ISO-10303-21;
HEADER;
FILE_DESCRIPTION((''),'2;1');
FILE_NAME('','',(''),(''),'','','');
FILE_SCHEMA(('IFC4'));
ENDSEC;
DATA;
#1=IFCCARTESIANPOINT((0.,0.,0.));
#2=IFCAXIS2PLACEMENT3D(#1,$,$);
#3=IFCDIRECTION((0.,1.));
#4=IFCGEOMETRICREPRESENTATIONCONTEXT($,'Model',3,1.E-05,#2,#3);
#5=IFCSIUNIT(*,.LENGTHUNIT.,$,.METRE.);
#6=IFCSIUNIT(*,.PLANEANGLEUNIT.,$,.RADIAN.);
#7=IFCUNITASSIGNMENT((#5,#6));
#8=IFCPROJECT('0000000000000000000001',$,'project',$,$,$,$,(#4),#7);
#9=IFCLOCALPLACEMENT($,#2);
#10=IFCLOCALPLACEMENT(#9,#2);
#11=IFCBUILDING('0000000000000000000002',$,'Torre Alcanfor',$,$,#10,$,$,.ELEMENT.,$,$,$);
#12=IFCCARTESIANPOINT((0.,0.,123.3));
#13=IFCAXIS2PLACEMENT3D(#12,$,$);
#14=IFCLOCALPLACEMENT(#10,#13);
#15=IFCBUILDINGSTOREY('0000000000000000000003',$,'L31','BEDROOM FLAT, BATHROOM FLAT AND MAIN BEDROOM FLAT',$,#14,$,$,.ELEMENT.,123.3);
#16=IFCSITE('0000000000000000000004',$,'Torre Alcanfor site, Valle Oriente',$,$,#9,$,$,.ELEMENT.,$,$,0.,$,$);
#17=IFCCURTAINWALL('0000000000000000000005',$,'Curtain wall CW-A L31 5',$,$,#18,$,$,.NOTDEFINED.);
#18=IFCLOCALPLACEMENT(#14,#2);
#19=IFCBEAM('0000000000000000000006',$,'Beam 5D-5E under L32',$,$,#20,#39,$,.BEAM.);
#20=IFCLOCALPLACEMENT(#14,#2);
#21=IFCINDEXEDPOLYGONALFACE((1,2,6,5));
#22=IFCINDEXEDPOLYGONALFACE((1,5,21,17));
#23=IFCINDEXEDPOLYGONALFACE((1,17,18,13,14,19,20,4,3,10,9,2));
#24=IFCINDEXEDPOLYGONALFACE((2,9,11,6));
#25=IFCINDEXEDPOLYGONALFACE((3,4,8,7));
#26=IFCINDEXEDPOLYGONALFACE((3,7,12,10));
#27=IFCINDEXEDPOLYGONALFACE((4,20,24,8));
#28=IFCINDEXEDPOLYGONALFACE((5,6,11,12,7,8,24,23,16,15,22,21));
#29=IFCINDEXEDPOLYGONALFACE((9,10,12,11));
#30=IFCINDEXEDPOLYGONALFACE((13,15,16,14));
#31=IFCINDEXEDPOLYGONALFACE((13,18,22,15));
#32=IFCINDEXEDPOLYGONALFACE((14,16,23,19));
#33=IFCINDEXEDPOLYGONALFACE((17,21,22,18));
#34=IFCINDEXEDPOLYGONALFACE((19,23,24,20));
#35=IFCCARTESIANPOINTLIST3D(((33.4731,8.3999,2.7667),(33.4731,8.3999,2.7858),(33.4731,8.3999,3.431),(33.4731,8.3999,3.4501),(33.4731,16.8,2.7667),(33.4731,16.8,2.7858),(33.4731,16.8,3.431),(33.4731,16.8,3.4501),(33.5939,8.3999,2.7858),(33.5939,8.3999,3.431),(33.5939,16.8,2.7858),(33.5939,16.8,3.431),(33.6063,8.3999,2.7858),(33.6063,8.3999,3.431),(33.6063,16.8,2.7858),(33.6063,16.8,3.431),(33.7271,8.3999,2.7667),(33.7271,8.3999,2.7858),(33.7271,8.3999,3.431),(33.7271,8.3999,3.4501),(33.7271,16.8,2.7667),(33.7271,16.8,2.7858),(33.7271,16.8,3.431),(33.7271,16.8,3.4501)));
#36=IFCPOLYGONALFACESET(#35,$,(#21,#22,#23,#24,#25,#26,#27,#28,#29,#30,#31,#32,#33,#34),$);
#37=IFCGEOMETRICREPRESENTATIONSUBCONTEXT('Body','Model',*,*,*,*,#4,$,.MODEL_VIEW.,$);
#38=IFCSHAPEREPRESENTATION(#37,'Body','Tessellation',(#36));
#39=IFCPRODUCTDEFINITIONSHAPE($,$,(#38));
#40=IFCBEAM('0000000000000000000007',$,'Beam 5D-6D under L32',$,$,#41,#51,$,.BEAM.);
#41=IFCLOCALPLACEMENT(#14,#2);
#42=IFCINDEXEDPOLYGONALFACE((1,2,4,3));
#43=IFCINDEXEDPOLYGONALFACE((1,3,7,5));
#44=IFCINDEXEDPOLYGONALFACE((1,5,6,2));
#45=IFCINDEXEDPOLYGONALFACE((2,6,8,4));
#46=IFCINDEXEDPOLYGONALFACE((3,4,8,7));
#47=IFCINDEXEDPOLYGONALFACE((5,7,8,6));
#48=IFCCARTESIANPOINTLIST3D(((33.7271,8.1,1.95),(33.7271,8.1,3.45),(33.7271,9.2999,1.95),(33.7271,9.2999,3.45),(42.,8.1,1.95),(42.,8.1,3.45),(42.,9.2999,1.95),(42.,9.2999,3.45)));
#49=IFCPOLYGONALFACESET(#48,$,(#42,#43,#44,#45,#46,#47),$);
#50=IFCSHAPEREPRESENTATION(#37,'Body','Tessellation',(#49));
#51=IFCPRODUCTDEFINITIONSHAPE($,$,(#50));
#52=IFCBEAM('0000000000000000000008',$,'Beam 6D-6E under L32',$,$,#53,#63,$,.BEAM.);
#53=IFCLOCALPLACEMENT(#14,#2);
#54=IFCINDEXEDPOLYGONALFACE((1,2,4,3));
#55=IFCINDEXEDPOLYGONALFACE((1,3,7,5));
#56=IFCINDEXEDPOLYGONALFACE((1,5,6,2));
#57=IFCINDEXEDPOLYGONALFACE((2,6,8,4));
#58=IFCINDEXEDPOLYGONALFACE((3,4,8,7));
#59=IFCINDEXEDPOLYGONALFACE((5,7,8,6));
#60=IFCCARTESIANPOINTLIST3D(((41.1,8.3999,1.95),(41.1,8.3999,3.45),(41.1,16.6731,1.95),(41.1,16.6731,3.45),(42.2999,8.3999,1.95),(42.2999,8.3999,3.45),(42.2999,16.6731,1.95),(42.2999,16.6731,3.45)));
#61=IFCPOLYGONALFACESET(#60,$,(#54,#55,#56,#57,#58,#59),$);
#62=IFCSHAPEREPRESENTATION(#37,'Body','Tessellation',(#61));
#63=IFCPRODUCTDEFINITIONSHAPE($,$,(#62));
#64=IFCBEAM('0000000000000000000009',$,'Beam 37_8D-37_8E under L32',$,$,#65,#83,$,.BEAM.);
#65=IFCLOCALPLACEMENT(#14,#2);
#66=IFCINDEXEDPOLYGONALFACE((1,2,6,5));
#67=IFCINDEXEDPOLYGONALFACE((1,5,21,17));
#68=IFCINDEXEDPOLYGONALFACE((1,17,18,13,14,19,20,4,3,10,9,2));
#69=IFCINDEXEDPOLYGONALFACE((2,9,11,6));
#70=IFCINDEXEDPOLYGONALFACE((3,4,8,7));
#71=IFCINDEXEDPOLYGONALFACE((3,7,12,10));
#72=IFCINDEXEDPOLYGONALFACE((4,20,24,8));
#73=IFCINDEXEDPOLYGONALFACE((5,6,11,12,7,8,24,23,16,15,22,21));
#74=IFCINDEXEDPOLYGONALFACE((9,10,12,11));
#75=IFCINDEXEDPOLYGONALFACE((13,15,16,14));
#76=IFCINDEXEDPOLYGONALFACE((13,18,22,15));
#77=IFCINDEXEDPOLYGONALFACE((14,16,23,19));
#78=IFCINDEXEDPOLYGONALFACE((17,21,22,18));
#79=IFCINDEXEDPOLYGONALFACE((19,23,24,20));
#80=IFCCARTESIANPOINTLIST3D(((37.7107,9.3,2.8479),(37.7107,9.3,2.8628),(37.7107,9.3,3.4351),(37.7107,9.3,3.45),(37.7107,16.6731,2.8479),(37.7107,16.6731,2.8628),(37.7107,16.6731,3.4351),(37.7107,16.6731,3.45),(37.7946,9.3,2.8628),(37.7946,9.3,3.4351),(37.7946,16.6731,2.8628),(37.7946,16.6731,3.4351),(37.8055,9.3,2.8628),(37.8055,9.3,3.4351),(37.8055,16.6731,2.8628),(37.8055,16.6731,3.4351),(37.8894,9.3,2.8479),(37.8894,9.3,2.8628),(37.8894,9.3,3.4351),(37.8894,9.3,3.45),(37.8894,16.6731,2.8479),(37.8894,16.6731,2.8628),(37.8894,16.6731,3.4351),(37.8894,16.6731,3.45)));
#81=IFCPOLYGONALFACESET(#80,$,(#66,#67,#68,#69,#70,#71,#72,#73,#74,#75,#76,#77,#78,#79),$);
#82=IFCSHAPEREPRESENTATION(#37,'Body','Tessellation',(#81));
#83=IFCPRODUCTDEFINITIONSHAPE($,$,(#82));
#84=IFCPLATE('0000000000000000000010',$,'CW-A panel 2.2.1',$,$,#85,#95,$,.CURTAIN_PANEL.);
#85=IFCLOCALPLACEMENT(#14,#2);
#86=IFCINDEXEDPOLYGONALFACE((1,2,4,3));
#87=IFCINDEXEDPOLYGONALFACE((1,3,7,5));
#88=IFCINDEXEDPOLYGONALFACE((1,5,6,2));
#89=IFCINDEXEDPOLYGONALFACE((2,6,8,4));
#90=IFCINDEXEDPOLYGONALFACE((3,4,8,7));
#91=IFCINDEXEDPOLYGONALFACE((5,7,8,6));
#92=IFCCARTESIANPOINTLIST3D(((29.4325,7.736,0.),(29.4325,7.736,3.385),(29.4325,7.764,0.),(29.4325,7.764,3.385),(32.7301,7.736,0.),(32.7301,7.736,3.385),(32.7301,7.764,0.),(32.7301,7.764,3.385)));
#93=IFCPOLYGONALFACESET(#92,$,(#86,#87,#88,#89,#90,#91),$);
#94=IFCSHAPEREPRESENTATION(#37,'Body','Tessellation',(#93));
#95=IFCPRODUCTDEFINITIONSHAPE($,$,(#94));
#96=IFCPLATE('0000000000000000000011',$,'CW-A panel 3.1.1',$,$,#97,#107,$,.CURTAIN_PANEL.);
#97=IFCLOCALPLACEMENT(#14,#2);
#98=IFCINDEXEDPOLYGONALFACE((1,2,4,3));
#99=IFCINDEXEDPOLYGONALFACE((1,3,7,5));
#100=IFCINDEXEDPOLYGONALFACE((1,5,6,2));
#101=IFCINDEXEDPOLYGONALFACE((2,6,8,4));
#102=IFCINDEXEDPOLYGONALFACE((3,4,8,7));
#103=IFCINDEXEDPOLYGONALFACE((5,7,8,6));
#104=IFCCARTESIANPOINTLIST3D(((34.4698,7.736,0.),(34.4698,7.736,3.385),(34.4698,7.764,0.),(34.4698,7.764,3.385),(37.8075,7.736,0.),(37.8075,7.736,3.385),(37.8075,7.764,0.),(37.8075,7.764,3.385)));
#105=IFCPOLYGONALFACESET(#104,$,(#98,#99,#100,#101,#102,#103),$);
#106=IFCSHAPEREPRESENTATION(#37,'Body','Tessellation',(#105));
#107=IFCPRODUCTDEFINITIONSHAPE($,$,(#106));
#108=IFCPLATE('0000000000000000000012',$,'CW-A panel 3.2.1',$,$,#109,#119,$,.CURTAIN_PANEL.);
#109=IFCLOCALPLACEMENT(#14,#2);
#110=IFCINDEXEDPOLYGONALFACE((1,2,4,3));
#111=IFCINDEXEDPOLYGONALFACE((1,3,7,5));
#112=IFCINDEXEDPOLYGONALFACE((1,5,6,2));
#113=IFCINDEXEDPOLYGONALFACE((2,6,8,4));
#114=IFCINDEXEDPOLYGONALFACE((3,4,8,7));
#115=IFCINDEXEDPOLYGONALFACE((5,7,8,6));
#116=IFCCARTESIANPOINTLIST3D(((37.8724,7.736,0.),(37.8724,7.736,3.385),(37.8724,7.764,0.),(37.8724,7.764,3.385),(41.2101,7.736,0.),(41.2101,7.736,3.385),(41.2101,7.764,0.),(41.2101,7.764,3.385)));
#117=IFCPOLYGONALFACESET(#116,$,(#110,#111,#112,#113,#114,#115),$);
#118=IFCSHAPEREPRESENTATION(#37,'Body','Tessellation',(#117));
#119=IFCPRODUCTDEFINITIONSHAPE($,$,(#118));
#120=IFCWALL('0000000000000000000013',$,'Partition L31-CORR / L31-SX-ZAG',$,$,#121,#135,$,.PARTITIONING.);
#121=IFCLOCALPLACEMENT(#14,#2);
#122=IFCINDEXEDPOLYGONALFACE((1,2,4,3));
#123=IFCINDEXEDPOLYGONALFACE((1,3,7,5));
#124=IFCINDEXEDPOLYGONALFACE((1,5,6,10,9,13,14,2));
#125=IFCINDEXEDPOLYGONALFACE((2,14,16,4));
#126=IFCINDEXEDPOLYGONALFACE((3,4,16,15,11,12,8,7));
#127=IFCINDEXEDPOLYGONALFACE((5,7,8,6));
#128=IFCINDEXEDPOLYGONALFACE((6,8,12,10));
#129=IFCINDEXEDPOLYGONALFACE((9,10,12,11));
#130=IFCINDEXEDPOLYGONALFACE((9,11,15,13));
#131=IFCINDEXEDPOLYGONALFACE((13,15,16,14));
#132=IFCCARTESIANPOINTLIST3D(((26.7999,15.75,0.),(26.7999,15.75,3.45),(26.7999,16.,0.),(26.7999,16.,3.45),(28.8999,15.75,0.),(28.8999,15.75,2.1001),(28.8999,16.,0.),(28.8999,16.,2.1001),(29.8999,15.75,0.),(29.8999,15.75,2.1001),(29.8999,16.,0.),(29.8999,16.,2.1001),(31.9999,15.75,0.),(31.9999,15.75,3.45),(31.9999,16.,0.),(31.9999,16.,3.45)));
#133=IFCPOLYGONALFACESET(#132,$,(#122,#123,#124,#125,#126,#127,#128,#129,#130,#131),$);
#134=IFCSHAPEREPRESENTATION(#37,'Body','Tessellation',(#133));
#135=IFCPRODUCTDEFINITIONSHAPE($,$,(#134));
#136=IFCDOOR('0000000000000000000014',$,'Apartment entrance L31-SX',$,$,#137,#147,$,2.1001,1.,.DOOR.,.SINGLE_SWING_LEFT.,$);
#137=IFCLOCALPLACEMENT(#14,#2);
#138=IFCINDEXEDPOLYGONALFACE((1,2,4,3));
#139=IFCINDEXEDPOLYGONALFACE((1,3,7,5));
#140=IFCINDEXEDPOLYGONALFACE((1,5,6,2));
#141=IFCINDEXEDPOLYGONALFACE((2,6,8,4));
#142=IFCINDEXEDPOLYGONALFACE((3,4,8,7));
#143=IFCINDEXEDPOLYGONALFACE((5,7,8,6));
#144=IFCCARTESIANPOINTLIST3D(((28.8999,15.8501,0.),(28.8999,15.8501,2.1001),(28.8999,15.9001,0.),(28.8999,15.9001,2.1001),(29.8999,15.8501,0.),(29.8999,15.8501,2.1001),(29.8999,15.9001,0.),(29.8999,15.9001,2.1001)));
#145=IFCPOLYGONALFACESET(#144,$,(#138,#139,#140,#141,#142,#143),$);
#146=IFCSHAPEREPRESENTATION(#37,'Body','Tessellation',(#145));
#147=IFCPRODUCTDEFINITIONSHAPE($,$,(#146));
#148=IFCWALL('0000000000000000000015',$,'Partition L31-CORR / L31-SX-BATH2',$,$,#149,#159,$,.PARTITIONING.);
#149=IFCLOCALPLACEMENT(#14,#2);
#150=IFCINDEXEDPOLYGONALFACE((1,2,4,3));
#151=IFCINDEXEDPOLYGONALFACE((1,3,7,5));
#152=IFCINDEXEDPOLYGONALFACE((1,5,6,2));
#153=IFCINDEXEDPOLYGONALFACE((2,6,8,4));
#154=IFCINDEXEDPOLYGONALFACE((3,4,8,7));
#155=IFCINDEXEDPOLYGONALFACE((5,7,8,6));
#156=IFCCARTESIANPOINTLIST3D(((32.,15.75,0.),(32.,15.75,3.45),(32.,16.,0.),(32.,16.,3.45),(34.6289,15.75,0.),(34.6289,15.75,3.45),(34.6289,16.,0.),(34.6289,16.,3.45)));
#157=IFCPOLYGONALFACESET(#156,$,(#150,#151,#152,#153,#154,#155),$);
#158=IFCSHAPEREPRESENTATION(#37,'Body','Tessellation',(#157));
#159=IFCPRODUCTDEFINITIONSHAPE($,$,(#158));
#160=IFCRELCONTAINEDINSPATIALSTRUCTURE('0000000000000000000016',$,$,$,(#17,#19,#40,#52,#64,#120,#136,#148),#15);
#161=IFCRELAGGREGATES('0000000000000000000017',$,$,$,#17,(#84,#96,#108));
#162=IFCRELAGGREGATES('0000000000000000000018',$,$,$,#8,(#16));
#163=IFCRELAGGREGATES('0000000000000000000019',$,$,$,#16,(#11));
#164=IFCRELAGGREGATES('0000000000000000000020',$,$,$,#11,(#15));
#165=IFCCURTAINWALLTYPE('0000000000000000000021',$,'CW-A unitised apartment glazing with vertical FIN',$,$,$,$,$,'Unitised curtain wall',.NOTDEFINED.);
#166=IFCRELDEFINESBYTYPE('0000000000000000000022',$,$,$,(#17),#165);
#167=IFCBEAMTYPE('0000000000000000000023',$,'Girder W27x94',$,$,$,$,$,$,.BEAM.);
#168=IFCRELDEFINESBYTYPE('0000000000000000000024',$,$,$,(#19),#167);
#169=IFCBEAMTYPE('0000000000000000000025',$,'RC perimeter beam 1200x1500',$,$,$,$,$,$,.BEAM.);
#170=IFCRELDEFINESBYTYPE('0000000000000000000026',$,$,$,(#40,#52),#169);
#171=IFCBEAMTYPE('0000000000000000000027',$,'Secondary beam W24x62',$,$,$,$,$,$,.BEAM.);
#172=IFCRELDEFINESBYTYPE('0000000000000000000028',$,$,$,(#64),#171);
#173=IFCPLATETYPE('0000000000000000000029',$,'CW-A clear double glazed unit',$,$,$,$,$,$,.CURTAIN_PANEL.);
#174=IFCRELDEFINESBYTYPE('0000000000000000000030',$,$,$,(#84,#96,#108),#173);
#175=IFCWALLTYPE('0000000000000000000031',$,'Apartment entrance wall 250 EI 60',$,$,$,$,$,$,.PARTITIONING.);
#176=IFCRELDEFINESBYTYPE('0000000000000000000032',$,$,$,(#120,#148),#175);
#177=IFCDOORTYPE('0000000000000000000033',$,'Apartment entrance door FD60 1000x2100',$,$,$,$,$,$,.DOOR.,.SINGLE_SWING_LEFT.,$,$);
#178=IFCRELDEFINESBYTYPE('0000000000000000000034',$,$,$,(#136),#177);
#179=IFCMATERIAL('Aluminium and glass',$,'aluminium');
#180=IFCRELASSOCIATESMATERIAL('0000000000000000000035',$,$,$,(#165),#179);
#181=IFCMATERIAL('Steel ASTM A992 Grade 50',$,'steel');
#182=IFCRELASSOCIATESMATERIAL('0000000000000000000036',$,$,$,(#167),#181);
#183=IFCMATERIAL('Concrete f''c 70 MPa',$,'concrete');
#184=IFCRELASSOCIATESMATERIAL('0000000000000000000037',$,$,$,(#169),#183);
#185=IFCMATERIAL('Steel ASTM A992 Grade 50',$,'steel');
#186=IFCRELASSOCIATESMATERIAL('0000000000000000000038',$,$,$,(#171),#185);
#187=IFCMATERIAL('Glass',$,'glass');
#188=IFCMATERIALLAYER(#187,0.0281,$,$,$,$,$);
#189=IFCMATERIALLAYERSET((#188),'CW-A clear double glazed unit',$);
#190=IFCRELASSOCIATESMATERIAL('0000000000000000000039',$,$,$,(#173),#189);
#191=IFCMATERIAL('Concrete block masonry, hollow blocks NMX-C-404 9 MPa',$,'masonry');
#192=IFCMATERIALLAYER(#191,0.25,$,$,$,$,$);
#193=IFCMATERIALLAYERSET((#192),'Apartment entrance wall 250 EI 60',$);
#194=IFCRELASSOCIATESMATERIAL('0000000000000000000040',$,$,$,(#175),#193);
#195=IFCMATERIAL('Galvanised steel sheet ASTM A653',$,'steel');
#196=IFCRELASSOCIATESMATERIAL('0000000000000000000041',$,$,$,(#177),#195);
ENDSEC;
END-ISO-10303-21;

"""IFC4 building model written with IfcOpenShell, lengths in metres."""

from ifc_helpers import new_model, si_unit, direction, frame, frame_2d, origin, origin_2d, place, context, subcontext, project, spatial, rectangle, i_section, extrude, material, layer, layer_set, material_profile, profile_set, type_object, element, fill, aggregate, save


model = new_model("IFC4")

# Units and contexts
model_context = context("Model", 3, precision=1e-05, world=origin(), true_north=direction((0.0, 1.0)))
body_context = subcontext(model_context, "Body", "Model", "MODEL_VIEW")
ifc_project = project(units=[si_unit("LENGTHUNIT", "METRE"), si_unit("PLANEANGLEUNIT", "RADIAN")], contexts=[model_context])

# Site, building, storey
site_placement = place(None, origin())
site = spatial("IfcSite", under=ifc_project, at=site_placement, Name="Torre Alcanfor site, Valle Oriente", CompositionType="ELEMENT", RefElevation=0.0)
building_placement = place(site_placement, origin())
building = spatial("IfcBuilding", under=site, at=building_placement, Name="Torre Alcanfor", CompositionType="ELEMENT")
storey_placement = place(building_placement, frame((0.0, 0.0, 123.3)))
storey = spatial("IfcBuildingStorey", under=building, at=storey_placement, Name="L31", Description="BEDROOM FLAT, BATHROOM FLAT AND MAIN BEDROOM FLAT", CompositionType="ELEMENT", Elevation=123.3)

# Curtain wall
ifc_material_1 = material(Name="Aluminium and glass", Category="aluminium")
curtain_wall_type = type_object("IfcCurtainWallType", Name="CW-A unitised apartment glazing with vertical FIN", ElementType="Unitised curtain wall", PredefinedType="NOTDEFINED", material=ifc_material_1)
curtain_wall_placement = place(storey_placement, origin())
curtain_wall = element("IfcCurtainWall", 1, at=curtain_wall_placement, inside=storey, type_object=curtain_wall_type, Name="Curtain wall CW-A L31 5", PredefinedType="NOTDEFINED")

# Beams
ifc_material_2 = material(Name="Steel ASTM A992 Grade 50", Category="steel")
ifc_material_profile_1 = material_profile(ifc_material_2, i_section(OverallWidth=0.2539, OverallDepth=0.6833, WebThickness=0.0125, FlangeThickness=0.019, at=origin_2d()), Name="W27x94")
ifc_profile_set_1 = profile_set([ifc_material_profile_1], Name="Steel ASTM A992 Grade 50")
beam_type_1 = type_object("IfcBeamType", Name="Girder W27x94", PredefinedType="BEAM", material=ifc_profile_set_1)
beam_1_placement = place(storey_placement, frame((33.6001, 8.3999, 3.1084), z_axis=(0.0, 1.0, 0.0), x_axis=(-1.0, 0.0, 0.0)))
element("IfcBeam", 2, at=beam_1_placement, inside=storey, type_object=beam_type_1, Name="Beam 5D-5E under L32", PredefinedType="BEAM", context=body_context, shape_type="SweptSolid", body=[
    extrude(i_section(OverallWidth=0.2539, OverallDepth=0.6833, WebThickness=0.0125, FlangeThickness=0.019, at=origin_2d()), origin(), (0.0, 0.0, 1.0), 8.4001),
])
ifc_material_3 = material(Name="Concrete f'c 70 MPa", Category="concrete")
ifc_material_profile_2 = material_profile(ifc_material_3, rectangle(XDim=1.2, YDim=1.5, at=origin_2d()), Name="1200x1500")
ifc_profile_set_2 = profile_set([ifc_material_profile_2], Name="Concrete f'c 70 MPa")
beam_type_2 = type_object("IfcBeamType", Name="RC perimeter beam 1200x1500", PredefinedType="BEAM", material=ifc_profile_set_2)
beam_2_placement = place(storey_placement, frame((33.7271, 8.7, 2.7), z_axis=(1.0, 0.0, 0.0), x_axis=(0.0, 1.0, 0.0)))
element("IfcBeam", 3, at=beam_2_placement, inside=storey, type_object=beam_type_2, Name="Beam 5D-6D under L32", PredefinedType="BEAM", context=body_context, shape_type="SweptSolid", body=[
    extrude(rectangle(XDim=1.2, YDim=1.5, at=origin_2d()), origin(), (0.0, 0.0, 1.0), 8.2729),
])
beam_3_placement = place(storey_placement, frame((41.7, 8.3999, 2.7), z_axis=(0.0, 1.0, 0.0), x_axis=(-1.0, 0.0, 0.0)))
element("IfcBeam", 4, at=beam_3_placement, inside=storey, type_object=beam_type_2, Name="Beam 6D-6E under L32", PredefinedType="BEAM", context=body_context, shape_type="SweptSolid", body=[
    extrude(rectangle(XDim=1.2, YDim=1.5, at=origin_2d()), origin(), (0.0, 0.0, 1.0), 8.2732),
])
ifc_material_4 = material(Name="Steel ASTM A992 Grade 50", Category="steel")
ifc_material_profile_3 = material_profile(ifc_material_4, i_section(OverallWidth=0.1787, OverallDepth=0.6021, WebThickness=0.011, FlangeThickness=0.0149, at=origin_2d()), Name="W24x62")
ifc_profile_set_3 = profile_set([ifc_material_profile_3], Name="Steel ASTM A992 Grade 50")
beam_type_3 = type_object("IfcBeamType", Name="Secondary beam W24x62", PredefinedType="BEAM", material=ifc_profile_set_3)
beam_4_placement = place(storey_placement, frame((37.8, 9.3, 3.1489), z_axis=(0.0, 1.0, 0.0), x_axis=(-1.0, 0.0, 0.0)))
element("IfcBeam", 5, at=beam_4_placement, inside=storey, type_object=beam_type_3, Name="Beam 37_8D-37_8E under L32", PredefinedType="BEAM", context=body_context, shape_type="SweptSolid", body=[
    extrude(i_section(OverallWidth=0.1787, OverallDepth=0.6021, WebThickness=0.011, FlangeThickness=0.0149, at=origin_2d()), origin(), (0.0, 0.0, 1.0), 7.373),
])

# Plates
ifc_material_5 = material(Name="Glass", Category="glass")
ifc_layer_1 = layer(ifc_material_5, 0.0281)
ifc_layer_set_1 = layer_set([ifc_layer_1], Name="CW-A clear double glazed unit")
plate_type = type_object("IfcPlateType", Name="CW-A clear double glazed unit", PredefinedType="CURTAIN_PANEL", material=ifc_layer_set_1)
plate_1_placement = place(storey_placement, frame((31.0813, 7.75, 0.0), z_axis=(0.0, 0.0, 1.0), x_axis=(1.0, 0.0, 0.0)))
plate_1 = element("IfcPlate", 6, at=plate_1_placement, type_object=plate_type, Name="CW-A panel 2.2.1", PredefinedType="CURTAIN_PANEL", context=body_context, shape_type="SweptSolid", body=[
    extrude(rectangle(XDim=3.2976, YDim=0.0281, at=origin_2d()), origin(), (0.0, 0.0, 1.0), 3.385),
])
plate_2_placement = place(storey_placement, frame((36.1387, 7.75, 0.0), z_axis=(0.0, 0.0, 1.0), x_axis=(1.0, 0.0, 0.0)))
plate_2 = element("IfcPlate", 7, at=plate_2_placement, type_object=plate_type, Name="CW-A panel 3.1.1", PredefinedType="CURTAIN_PANEL", context=body_context, shape_type="SweptSolid", body=[
    extrude(rectangle(XDim=3.3376, YDim=0.0281, at=origin_2d()), origin(), (0.0, 0.0, 1.0), 3.385),
])
plate_3_placement = place(storey_placement, frame((39.5413, 7.75, 0.0), z_axis=(0.0, 0.0, 1.0), x_axis=(1.0, 0.0, 0.0)))
plate_3 = element("IfcPlate", 8, at=plate_3_placement, type_object=plate_type, Name="CW-A panel 3.2.1", PredefinedType="CURTAIN_PANEL", context=body_context, shape_type="SweptSolid", body=[
    extrude(rectangle(XDim=3.3376, YDim=0.0281, at=origin_2d()), origin(), (0.0, 0.0, 1.0), 3.385),
])
aggregate(curtain_wall, [plate_1, plate_2, plate_3])

# Wall, opening, door
ifc_material_6 = material(Name="Concrete block masonry, hollow blocks NMX-C-404 9 MPa", Category="masonry")
ifc_layer_2 = layer(ifc_material_6, 0.25)
ifc_layer_set_2 = layer_set([ifc_layer_2], Name="Apartment entrance wall 250 EI 60")
wall_type_1 = type_object("IfcWallType", Name="Apartment entrance wall 250 EI 60", PredefinedType="PARTITIONING", material=ifc_layer_set_2)
wall_1_placement = place(storey_placement, frame((32.0, 15.875, 0.0), z_axis=(0.0, 0.0, 1.0), x_axis=(-1.0, 0.0, 0.0)))
wall_1 = element("IfcWall", 9, at=wall_1_placement, inside=storey, type_object=wall_type_1, Name="Partition L31-CORR / L31-SX-ZAG", PredefinedType="PARTITIONING", context=body_context, shape_type="SweptSolid", body=[
    extrude(rectangle(XDim=5.2, YDim=0.25, at=frame_2d((2.6001, 0.0))), origin(), (0.0, 0.0, 1.0), 3.45),
])
opening_1_placement = place(wall_1_placement, frame((2.1001, 0.0, 0.0)))
opening_1 = element("IfcOpeningElement", 10, at=opening_1_placement, cuts=wall_1, PredefinedType="OPENING", context=body_context, shape_type="SweptSolid", body=[
    extrude(rectangle(XDim=1.0, YDim=2.1001, at=frame_2d((0.5, 1.05))), frame((0.0, 0.135, 0.0), z_axis=(0.0, -1.0, 0.0), x_axis=(1.0, 0.0, 0.0)), (0.0, 0.0, 1.0), 0.27),
])
ifc_material_7 = material(Name="Galvanised steel sheet ASTM A653", Category="steel")
door_type_1 = type_object("IfcDoorType", Name="Apartment entrance door FD60 1000x2100", OperationType="SINGLE_SWING_LEFT", PredefinedType="DOOR", material=ifc_material_7)
door_1_placement = place(opening_1_placement, origin())
door_1 = element("IfcDoor", 11, at=door_1_placement, inside=storey, type_object=door_type_1, Name="Apartment entrance L31-SX", OperationType="SINGLE_SWING_LEFT", OverallHeight=2.1001, OverallWidth=1.0, PredefinedType="DOOR", context=body_context, shape_type="SweptSolid", body=[
    extrude(rectangle(XDim=1.0, YDim=2.1001, at=frame_2d((0.5, 1.05))), frame((0.0, 0.0249, 0.0), z_axis=(0.0, -1.0, 0.0), x_axis=(1.0, 0.0, 0.0)), (0.0, 0.0, 1.0), 0.05),
])
fill(opening_1, door_1)

# Wall
wall_2_placement = place(storey_placement, frame((34.6289, 15.875, 0.0), z_axis=(0.0, 0.0, 1.0), x_axis=(-1.0, 0.0, 0.0)))
element("IfcWall", 12, at=wall_2_placement, inside=storey, type_object=wall_type_1, Name="Partition L31-CORR / L31-SX-BATH2", PredefinedType="PARTITIONING", context=body_context, shape_type="SweptSolid", body=[
    extrude(rectangle(XDim=2.6289, YDim=0.25, at=frame_2d((1.3145, 0.0))), origin(), (0.0, 0.0, 1.0), 3.45),
])

save(model, "model.ifc")
